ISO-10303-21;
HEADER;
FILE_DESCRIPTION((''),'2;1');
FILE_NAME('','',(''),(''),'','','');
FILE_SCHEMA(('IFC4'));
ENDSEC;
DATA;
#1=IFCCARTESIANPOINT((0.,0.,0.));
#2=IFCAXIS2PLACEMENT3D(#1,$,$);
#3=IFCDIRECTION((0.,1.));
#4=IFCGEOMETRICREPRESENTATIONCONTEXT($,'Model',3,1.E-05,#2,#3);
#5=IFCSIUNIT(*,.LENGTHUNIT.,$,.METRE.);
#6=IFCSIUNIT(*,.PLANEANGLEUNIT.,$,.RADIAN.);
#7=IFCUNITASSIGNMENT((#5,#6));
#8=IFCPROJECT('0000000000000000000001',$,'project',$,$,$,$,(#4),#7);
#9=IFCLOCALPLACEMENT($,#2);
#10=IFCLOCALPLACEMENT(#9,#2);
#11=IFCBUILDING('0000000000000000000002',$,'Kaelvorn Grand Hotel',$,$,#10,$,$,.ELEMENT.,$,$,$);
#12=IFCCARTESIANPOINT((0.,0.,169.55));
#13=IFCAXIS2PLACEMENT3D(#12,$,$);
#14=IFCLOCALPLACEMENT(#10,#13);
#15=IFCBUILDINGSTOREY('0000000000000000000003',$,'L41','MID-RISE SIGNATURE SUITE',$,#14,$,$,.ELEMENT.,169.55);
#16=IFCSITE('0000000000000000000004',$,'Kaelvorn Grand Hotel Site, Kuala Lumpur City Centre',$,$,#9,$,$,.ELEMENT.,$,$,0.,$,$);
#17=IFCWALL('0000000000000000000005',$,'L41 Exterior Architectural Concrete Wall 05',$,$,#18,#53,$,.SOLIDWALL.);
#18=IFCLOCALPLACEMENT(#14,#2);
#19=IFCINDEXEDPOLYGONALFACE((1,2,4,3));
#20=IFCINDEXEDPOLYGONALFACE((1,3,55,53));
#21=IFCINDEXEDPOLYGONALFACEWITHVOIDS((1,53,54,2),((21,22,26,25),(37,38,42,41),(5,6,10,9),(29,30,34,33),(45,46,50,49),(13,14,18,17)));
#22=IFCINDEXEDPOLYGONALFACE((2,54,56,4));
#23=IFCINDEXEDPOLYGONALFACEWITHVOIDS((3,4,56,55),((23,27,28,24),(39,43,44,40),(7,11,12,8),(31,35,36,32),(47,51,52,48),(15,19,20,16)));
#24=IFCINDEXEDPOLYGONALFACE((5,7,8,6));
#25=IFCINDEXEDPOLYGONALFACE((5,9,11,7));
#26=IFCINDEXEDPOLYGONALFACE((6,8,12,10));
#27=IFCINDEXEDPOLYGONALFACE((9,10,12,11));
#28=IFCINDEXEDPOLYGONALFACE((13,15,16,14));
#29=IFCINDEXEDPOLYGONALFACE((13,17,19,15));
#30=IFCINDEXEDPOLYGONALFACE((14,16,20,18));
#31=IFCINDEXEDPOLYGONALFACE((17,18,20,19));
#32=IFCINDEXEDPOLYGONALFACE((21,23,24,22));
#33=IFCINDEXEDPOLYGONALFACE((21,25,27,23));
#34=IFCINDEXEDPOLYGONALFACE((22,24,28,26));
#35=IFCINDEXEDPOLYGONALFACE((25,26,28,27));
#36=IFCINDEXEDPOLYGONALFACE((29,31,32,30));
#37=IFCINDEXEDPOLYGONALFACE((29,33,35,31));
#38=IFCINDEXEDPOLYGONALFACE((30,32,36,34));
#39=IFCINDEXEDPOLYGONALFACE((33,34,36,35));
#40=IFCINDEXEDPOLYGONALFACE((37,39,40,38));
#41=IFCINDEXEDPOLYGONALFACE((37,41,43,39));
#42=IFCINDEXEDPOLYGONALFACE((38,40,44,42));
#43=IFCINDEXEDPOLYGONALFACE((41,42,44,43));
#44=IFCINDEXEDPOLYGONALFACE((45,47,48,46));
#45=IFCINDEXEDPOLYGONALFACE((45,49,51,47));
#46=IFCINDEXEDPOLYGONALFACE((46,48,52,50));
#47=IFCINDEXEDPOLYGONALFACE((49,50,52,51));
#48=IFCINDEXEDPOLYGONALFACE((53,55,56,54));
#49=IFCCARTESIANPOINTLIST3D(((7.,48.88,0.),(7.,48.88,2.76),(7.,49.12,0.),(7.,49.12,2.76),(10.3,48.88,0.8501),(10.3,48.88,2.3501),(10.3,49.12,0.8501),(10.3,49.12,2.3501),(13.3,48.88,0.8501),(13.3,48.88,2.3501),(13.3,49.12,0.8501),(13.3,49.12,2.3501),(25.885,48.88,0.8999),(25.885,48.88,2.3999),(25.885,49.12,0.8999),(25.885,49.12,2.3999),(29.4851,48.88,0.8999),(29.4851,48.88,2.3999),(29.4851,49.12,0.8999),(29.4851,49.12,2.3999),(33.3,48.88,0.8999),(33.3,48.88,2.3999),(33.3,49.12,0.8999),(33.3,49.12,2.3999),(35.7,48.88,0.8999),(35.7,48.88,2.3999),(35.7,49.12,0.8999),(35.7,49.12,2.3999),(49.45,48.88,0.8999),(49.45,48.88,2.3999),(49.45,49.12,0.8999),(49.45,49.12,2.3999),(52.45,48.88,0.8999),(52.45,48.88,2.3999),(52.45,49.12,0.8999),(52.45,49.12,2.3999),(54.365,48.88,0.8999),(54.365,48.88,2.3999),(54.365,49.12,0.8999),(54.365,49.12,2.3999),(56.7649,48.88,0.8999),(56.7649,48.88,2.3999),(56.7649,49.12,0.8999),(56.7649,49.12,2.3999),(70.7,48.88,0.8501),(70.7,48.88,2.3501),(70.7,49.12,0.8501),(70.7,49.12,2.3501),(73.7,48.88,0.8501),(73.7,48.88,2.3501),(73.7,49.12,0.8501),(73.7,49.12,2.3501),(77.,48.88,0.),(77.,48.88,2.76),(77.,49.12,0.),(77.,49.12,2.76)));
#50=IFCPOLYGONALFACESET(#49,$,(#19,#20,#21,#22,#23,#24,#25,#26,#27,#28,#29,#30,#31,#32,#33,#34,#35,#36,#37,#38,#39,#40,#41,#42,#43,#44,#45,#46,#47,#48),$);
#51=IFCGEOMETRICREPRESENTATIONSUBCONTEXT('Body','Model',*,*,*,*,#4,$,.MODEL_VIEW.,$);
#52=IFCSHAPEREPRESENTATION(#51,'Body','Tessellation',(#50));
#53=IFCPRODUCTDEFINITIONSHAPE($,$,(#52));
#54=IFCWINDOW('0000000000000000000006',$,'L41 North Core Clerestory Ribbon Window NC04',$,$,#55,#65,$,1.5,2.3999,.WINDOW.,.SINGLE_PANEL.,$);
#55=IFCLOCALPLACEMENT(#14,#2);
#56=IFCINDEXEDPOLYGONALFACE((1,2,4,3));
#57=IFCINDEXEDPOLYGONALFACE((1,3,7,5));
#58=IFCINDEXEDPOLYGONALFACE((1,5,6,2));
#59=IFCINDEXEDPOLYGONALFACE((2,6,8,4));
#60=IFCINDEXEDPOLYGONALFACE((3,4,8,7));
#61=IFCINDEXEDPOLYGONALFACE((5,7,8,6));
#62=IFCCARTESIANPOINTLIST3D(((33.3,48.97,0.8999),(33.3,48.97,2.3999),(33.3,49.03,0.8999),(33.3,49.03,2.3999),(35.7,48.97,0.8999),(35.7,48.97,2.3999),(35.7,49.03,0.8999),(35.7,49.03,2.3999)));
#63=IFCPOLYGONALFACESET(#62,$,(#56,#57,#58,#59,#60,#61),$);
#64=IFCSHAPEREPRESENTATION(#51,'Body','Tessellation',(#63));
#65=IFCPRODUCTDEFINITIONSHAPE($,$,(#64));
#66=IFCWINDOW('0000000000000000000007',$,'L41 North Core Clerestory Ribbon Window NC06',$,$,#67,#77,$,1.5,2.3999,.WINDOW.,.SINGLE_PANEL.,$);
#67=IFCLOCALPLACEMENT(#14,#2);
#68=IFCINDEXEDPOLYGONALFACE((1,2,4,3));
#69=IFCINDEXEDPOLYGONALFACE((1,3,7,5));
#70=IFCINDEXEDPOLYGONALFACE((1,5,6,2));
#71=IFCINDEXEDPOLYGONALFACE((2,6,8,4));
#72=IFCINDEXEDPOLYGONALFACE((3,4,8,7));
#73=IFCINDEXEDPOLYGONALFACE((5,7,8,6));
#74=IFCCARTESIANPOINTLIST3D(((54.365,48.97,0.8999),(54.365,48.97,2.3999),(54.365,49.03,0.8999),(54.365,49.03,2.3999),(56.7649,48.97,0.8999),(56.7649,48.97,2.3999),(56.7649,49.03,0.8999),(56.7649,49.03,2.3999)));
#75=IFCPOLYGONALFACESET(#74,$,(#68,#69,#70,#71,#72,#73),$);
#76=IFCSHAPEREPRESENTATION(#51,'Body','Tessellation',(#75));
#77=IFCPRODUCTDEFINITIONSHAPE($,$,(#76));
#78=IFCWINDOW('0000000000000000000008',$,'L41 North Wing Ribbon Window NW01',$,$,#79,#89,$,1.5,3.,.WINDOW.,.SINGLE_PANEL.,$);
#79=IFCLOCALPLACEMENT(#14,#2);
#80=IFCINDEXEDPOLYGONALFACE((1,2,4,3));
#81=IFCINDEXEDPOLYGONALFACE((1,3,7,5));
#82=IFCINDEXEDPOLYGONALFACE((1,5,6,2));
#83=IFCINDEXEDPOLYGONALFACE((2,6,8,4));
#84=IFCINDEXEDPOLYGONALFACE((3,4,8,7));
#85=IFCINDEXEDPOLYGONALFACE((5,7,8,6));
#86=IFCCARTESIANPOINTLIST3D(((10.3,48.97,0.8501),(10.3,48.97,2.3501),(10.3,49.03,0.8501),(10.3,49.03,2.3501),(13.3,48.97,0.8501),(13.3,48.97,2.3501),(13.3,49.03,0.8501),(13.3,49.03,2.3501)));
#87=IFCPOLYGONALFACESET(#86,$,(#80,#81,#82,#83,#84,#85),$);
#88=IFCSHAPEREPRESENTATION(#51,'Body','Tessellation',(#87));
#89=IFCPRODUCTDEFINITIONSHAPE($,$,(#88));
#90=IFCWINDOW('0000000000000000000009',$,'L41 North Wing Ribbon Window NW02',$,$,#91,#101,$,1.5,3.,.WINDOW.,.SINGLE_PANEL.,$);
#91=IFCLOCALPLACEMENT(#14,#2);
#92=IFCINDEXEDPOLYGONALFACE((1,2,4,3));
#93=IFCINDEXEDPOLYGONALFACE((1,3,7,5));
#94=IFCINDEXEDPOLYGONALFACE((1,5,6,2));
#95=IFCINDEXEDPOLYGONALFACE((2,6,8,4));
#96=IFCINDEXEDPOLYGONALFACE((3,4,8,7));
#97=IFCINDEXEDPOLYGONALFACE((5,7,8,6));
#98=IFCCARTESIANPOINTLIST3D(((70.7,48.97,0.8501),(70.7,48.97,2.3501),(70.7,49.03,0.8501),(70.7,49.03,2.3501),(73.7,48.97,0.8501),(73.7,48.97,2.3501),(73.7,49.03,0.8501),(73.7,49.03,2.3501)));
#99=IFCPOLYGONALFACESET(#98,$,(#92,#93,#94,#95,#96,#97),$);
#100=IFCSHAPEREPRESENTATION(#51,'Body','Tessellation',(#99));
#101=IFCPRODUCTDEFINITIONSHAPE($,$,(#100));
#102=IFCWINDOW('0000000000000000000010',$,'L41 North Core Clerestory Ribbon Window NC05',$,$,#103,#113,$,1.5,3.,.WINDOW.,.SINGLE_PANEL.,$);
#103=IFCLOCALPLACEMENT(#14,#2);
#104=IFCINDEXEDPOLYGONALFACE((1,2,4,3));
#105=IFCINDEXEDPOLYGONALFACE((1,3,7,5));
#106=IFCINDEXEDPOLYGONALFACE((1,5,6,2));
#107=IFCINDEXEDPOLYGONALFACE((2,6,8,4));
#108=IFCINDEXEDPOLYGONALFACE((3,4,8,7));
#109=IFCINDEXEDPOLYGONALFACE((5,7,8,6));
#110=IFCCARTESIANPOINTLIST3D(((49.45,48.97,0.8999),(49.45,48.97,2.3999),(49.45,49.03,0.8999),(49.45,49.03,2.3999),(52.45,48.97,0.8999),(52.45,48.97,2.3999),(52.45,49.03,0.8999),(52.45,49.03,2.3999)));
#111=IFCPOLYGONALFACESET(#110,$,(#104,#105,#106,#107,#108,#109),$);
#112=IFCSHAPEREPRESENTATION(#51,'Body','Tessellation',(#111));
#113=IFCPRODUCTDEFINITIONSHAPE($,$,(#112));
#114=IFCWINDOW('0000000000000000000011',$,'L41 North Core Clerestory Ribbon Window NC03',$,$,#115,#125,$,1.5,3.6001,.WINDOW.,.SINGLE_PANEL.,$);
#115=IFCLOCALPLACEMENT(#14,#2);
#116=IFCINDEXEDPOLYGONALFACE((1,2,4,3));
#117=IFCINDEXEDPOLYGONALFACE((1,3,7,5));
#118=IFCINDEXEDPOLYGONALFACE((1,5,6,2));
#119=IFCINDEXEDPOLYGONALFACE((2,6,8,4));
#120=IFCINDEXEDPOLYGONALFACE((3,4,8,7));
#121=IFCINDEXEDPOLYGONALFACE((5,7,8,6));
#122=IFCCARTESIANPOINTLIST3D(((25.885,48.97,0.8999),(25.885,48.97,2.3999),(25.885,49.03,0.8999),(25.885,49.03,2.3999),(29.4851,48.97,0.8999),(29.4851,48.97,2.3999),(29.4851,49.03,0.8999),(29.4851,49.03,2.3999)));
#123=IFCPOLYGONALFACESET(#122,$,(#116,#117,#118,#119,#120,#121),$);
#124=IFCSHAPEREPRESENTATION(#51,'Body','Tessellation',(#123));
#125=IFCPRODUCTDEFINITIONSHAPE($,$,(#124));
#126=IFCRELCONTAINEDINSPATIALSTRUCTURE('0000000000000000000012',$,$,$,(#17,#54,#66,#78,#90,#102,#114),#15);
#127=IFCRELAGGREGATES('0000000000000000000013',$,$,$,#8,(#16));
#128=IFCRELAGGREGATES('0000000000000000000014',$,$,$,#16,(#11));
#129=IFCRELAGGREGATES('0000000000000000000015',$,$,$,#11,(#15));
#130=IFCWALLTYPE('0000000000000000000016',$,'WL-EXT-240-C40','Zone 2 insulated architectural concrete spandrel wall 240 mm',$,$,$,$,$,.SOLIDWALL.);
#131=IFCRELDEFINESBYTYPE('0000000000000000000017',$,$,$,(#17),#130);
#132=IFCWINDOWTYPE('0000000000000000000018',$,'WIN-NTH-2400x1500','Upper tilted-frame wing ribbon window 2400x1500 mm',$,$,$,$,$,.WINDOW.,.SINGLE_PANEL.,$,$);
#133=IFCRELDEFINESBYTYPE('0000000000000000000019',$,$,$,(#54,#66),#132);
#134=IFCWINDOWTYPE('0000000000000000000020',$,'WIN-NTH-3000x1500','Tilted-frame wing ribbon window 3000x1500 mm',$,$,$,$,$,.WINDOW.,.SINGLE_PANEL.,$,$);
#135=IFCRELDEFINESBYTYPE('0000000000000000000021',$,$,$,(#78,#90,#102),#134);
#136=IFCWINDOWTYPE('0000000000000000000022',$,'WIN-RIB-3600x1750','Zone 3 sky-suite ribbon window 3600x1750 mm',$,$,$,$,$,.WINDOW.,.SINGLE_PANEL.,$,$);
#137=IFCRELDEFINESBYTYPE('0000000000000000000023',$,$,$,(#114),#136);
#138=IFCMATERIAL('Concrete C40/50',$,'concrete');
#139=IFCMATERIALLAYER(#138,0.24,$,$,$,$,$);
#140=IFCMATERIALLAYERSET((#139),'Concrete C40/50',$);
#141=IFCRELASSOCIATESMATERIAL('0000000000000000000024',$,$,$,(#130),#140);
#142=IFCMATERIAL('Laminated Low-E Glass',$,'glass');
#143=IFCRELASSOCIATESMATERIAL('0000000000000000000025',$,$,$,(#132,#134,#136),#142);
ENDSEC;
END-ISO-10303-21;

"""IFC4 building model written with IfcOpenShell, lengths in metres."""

from ifc_helpers import new_model, si_unit, direction, frame, frame_2d, origin, place, context, subcontext, project, spatial, rectangle, extrude, material, layer, layer_set, type_object, element, fill, save


model = new_model("IFC4")

# Units and contexts
model_context = context("Model", 3, precision=1e-05, world=origin(), true_north=direction((0.0, 1.0)))
body_context = subcontext(model_context, "Body", "Model", "MODEL_VIEW")
ifc_project = project(units=[si_unit("LENGTHUNIT", "METRE"), si_unit("PLANEANGLEUNIT", "RADIAN")], contexts=[model_context])

# Site, building, storey
site_placement = place(None, origin())
site = spatial("IfcSite", under=ifc_project, at=site_placement, Name="Kaelvorn Grand Hotel Site, Kuala Lumpur City Centre", CompositionType="ELEMENT", RefElevation=0.0)
building_placement = place(site_placement, origin())
building = spatial("IfcBuilding", under=site, at=building_placement, Name="Kaelvorn Grand Hotel", CompositionType="ELEMENT")
storey_placement = place(building_placement, frame((0.0, 0.0, 169.55)))
storey = spatial("IfcBuildingStorey", under=building, at=storey_placement, Name="L41", Description="MID-RISE SIGNATURE SUITE", CompositionType="ELEMENT", Elevation=169.55)

# Shared definitions
ifc_material_1 = material(Name="Concrete C40/50", Category="concrete")
ifc_layer_1 = layer(ifc_material_1, 0.24)
ifc_layer_set_1 = layer_set([ifc_layer_1], Name="Concrete C40/50")
wall_type = type_object("IfcWallType", Name="WL-EXT-240-C40", Description="Zone 2 insulated architectural concrete spandrel wall 240 mm", PredefinedType="SOLIDWALL", material=ifc_layer_set_1)
ifc_material_2 = material(Name="Laminated Low-E Glass", Category="glass")

# Wall, openings, windows
wall_1_placement = place(storey_placement, frame((77.0, 49.0, 0.0), z_axis=(0.0, 0.0, 1.0), x_axis=(-1.0, 0.0, 0.0)))
wall_1 = element("IfcWall", 1, at=wall_1_placement, inside=storey, type_object=wall_type, Name="L41 Exterior Architectural Concrete Wall 05", PredefinedType="SOLIDWALL", context=body_context, shape_type="SweptSolid", body=[
    extrude(rectangle(XDim=70.0, YDim=0.24, at=frame_2d((35.0, 0.0))), origin(), (0.0, 0.0, 1.0), 2.76),
])
opening_1_placement = place(wall_1_placement, frame((63.7, 0.0, 0.8501)))
opening_1 = element("IfcOpeningElement", 2, at=opening_1_placement, cuts=wall_1, PredefinedType="OPENING", context=body_context, shape_type="SweptSolid", body=[
    extrude(rectangle(XDim=3.0, YDim=1.5, at=frame_2d((1.5, 0.75))), frame((0.0, 0.1299, 0.0), z_axis=(0.0, -1.0, 0.0), x_axis=(1.0, 0.0, 0.0)), (0.0, 0.0, 1.0), 0.26),
])
opening_2_placement = place(wall_1_placement, frame((3.3, 0.0, 0.8501)))
opening_2 = element("IfcOpeningElement", 3, at=opening_2_placement, cuts=wall_1, PredefinedType="OPENING", context=body_context, shape_type="SweptSolid", body=[
    extrude(rectangle(XDim=3.0, YDim=1.5, at=frame_2d((1.5, 0.75))), frame((0.0, 0.1299, 0.0), z_axis=(0.0, -1.0, 0.0), x_axis=(1.0, 0.0, 0.0)), (0.0, 0.0, 1.0), 0.26),
])
opening_3_placement = place(wall_1_placement, frame((47.5149, 0.0, 0.8999)))
opening_3 = element("IfcOpeningElement", 4, at=opening_3_placement, cuts=wall_1, PredefinedType="OPENING", context=body_context, shape_type="SweptSolid", body=[
    extrude(rectangle(XDim=3.6001, YDim=1.5, at=frame_2d((1.8, 0.75))), frame((0.0, 0.1299, 0.0), z_axis=(0.0, -1.0, 0.0), x_axis=(1.0, 0.0, 0.0)), (0.0, 0.0, 1.0), 0.26),
])
opening_4_placement = place(wall_1_placement, frame((41.3, 0.0, 0.8999)))
opening_4 = element("IfcOpeningElement", 5, at=opening_4_placement, cuts=wall_1, PredefinedType="OPENING", context=body_context, shape_type="SweptSolid", body=[
    extrude(rectangle(XDim=2.3999, YDim=1.5, at=frame_2d((1.2, 0.75))), frame((0.0, 0.1299, 0.0), z_axis=(0.0, -1.0, 0.0), x_axis=(1.0, 0.0, 0.0)), (0.0, 0.0, 1.0), 0.26),
])
opening_5_placement = place(wall_1_placement, frame((24.55, 0.0, 0.8999)))
opening_5 = element("IfcOpeningElement", 6, at=opening_5_placement, cuts=wall_1, PredefinedType="OPENING", context=body_context, shape_type="SweptSolid", body=[
    extrude(rectangle(XDim=3.0, YDim=1.5, at=frame_2d((1.5, 0.75))), frame((0.0, 0.1299, 0.0), z_axis=(0.0, -1.0, 0.0), x_axis=(1.0, 0.0, 0.0)), (0.0, 0.0, 1.0), 0.26),
])
opening_6_placement = place(wall_1_placement, frame((20.2351, 0.0, 0.8999)))
opening_6 = element("IfcOpeningElement", 7, at=opening_6_placement, cuts=wall_1, PredefinedType="OPENING", context=body_context, shape_type="SweptSolid", body=[
    extrude(rectangle(XDim=2.3999, YDim=1.5, at=frame_2d((1.2, 0.75))), frame((0.0, 0.1299, 0.0), z_axis=(0.0, -1.0, 0.0), x_axis=(1.0, 0.0, 0.0)), (0.0, 0.0, 1.0), 0.26),
])
window_type_1 = type_object("IfcWindowType", Name="WIN-NTH-2400x1500", Description="Upper tilted-frame wing ribbon window 2400x1500 mm", PartitioningType="SINGLE_PANEL", PredefinedType="WINDOW", material=ifc_material_2)
window_1_placement = place(opening_4_placement, origin())
window_1 = element("IfcWindow", 8, at=window_1_placement, inside=storey, type_object=window_type_1, Name="L41 North Core Clerestory Ribbon Window NC04", OverallHeight=1.5, OverallWidth=2.3999, PartitioningType="SINGLE_PANEL", PredefinedType="WINDOW", context=body_context, shape_type="SweptSolid", body=[
    extrude(rectangle(XDim=2.3999, YDim=1.5, at=frame_2d((1.2, 0.75))), frame((0.0, 0.03, 0.0), z_axis=(0.0, -1.0, 0.0), x_axis=(1.0, 0.0, 0.0)), (0.0, 0.0, 1.0), 0.0601),
])
fill(opening_4, window_1)
window_2_placement = place(opening_6_placement, origin())
window_2 = element("IfcWindow", 9, at=window_2_placement, inside=storey, type_object=window_type_1, Name="L41 North Core Clerestory Ribbon Window NC06", OverallHeight=1.5, OverallWidth=2.3999, PartitioningType="SINGLE_PANEL", PredefinedType="WINDOW", context=body_context, shape_type="SweptSolid", body=[
    extrude(rectangle(XDim=2.3999, YDim=1.5, at=frame_2d((1.2, 0.75))), frame((0.0, 0.03, 0.0), z_axis=(0.0, -1.0, 0.0), x_axis=(1.0, 0.0, 0.0)), (0.0, 0.0, 1.0), 0.0601),
])
fill(opening_6, window_2)
window_type_2 = type_object("IfcWindowType", Name="WIN-NTH-3000x1500", Description="Tilted-frame wing ribbon window 3000x1500 mm", PartitioningType="SINGLE_PANEL", PredefinedType="WINDOW", material=ifc_material_2)
window_3_placement = place(opening_1_placement, origin())
window_3 = element("IfcWindow", 10, at=window_3_placement, inside=storey, type_object=window_type_2, Name="L41 North Wing Ribbon Window NW01", OverallHeight=1.5, OverallWidth=3.0, PartitioningType="SINGLE_PANEL", PredefinedType="WINDOW", context=body_context, shape_type="SweptSolid", body=[
    extrude(rectangle(XDim=3.0, YDim=1.5, at=frame_2d((1.5, 0.75))), frame((0.0, 0.03, 0.0), z_axis=(0.0, -1.0, 0.0), x_axis=(1.0, 0.0, 0.0)), (0.0, 0.0, 1.0), 0.0601),
])
fill(opening_1, window_3)
window_4_placement = place(opening_2_placement, origin())
window_4 = element("IfcWindow", 11, at=window_4_placement, inside=storey, type_object=window_type_2, Name="L41 North Wing Ribbon Window NW02", OverallHeight=1.5, OverallWidth=3.0, PartitioningType="SINGLE_PANEL", PredefinedType="WINDOW", context=body_context, shape_type="SweptSolid", body=[
    extrude(rectangle(XDim=3.0, YDim=1.5, at=frame_2d((1.5, 0.75))), frame((0.0, 0.03, 0.0), z_axis=(0.0, -1.0, 0.0), x_axis=(1.0, 0.0, 0.0)), (0.0, 0.0, 1.0), 0.0601),
])
fill(opening_2, window_4)
window_5_placement = place(opening_5_placement, origin())
window_5 = element("IfcWindow", 12, at=window_5_placement, inside=storey, type_object=window_type_2, Name="L41 North Core Clerestory Ribbon Window NC05", OverallHeight=1.5, OverallWidth=3.0, PartitioningType="SINGLE_PANEL", PredefinedType="WINDOW", context=body_context, shape_type="SweptSolid", body=[
    extrude(rectangle(XDim=3.0, YDim=1.5, at=frame_2d((1.5, 0.75))), frame((0.0, 0.03, 0.0), z_axis=(0.0, -1.0, 0.0), x_axis=(1.0, 0.0, 0.0)), (0.0, 0.0, 1.0), 0.0601),
])
fill(opening_5, window_5)
window_type_3 = type_object("IfcWindowType", Name="WIN-RIB-3600x1750", Description="Zone 3 sky-suite ribbon window 3600x1750 mm", PartitioningType="SINGLE_PANEL", PredefinedType="WINDOW", material=ifc_material_2)
window_6_placement = place(opening_3_placement, origin())
window_6 = element("IfcWindow", 13, at=window_6_placement, inside=storey, type_object=window_type_3, Name="L41 North Core Clerestory Ribbon Window NC03", OverallHeight=1.5, OverallWidth=3.6001, PartitioningType="SINGLE_PANEL", PredefinedType="WINDOW", context=body_context, shape_type="SweptSolid", body=[
    extrude(rectangle(XDim=3.6001, YDim=1.5, at=frame_2d((1.8, 0.75))), frame((0.0, 0.03, 0.0), z_axis=(0.0, -1.0, 0.0), x_axis=(1.0, 0.0, 0.0)), (0.0, 0.0, 1.0), 0.0601),
])
fill(opening_3, window_6)

save(model, "model.ifc")
